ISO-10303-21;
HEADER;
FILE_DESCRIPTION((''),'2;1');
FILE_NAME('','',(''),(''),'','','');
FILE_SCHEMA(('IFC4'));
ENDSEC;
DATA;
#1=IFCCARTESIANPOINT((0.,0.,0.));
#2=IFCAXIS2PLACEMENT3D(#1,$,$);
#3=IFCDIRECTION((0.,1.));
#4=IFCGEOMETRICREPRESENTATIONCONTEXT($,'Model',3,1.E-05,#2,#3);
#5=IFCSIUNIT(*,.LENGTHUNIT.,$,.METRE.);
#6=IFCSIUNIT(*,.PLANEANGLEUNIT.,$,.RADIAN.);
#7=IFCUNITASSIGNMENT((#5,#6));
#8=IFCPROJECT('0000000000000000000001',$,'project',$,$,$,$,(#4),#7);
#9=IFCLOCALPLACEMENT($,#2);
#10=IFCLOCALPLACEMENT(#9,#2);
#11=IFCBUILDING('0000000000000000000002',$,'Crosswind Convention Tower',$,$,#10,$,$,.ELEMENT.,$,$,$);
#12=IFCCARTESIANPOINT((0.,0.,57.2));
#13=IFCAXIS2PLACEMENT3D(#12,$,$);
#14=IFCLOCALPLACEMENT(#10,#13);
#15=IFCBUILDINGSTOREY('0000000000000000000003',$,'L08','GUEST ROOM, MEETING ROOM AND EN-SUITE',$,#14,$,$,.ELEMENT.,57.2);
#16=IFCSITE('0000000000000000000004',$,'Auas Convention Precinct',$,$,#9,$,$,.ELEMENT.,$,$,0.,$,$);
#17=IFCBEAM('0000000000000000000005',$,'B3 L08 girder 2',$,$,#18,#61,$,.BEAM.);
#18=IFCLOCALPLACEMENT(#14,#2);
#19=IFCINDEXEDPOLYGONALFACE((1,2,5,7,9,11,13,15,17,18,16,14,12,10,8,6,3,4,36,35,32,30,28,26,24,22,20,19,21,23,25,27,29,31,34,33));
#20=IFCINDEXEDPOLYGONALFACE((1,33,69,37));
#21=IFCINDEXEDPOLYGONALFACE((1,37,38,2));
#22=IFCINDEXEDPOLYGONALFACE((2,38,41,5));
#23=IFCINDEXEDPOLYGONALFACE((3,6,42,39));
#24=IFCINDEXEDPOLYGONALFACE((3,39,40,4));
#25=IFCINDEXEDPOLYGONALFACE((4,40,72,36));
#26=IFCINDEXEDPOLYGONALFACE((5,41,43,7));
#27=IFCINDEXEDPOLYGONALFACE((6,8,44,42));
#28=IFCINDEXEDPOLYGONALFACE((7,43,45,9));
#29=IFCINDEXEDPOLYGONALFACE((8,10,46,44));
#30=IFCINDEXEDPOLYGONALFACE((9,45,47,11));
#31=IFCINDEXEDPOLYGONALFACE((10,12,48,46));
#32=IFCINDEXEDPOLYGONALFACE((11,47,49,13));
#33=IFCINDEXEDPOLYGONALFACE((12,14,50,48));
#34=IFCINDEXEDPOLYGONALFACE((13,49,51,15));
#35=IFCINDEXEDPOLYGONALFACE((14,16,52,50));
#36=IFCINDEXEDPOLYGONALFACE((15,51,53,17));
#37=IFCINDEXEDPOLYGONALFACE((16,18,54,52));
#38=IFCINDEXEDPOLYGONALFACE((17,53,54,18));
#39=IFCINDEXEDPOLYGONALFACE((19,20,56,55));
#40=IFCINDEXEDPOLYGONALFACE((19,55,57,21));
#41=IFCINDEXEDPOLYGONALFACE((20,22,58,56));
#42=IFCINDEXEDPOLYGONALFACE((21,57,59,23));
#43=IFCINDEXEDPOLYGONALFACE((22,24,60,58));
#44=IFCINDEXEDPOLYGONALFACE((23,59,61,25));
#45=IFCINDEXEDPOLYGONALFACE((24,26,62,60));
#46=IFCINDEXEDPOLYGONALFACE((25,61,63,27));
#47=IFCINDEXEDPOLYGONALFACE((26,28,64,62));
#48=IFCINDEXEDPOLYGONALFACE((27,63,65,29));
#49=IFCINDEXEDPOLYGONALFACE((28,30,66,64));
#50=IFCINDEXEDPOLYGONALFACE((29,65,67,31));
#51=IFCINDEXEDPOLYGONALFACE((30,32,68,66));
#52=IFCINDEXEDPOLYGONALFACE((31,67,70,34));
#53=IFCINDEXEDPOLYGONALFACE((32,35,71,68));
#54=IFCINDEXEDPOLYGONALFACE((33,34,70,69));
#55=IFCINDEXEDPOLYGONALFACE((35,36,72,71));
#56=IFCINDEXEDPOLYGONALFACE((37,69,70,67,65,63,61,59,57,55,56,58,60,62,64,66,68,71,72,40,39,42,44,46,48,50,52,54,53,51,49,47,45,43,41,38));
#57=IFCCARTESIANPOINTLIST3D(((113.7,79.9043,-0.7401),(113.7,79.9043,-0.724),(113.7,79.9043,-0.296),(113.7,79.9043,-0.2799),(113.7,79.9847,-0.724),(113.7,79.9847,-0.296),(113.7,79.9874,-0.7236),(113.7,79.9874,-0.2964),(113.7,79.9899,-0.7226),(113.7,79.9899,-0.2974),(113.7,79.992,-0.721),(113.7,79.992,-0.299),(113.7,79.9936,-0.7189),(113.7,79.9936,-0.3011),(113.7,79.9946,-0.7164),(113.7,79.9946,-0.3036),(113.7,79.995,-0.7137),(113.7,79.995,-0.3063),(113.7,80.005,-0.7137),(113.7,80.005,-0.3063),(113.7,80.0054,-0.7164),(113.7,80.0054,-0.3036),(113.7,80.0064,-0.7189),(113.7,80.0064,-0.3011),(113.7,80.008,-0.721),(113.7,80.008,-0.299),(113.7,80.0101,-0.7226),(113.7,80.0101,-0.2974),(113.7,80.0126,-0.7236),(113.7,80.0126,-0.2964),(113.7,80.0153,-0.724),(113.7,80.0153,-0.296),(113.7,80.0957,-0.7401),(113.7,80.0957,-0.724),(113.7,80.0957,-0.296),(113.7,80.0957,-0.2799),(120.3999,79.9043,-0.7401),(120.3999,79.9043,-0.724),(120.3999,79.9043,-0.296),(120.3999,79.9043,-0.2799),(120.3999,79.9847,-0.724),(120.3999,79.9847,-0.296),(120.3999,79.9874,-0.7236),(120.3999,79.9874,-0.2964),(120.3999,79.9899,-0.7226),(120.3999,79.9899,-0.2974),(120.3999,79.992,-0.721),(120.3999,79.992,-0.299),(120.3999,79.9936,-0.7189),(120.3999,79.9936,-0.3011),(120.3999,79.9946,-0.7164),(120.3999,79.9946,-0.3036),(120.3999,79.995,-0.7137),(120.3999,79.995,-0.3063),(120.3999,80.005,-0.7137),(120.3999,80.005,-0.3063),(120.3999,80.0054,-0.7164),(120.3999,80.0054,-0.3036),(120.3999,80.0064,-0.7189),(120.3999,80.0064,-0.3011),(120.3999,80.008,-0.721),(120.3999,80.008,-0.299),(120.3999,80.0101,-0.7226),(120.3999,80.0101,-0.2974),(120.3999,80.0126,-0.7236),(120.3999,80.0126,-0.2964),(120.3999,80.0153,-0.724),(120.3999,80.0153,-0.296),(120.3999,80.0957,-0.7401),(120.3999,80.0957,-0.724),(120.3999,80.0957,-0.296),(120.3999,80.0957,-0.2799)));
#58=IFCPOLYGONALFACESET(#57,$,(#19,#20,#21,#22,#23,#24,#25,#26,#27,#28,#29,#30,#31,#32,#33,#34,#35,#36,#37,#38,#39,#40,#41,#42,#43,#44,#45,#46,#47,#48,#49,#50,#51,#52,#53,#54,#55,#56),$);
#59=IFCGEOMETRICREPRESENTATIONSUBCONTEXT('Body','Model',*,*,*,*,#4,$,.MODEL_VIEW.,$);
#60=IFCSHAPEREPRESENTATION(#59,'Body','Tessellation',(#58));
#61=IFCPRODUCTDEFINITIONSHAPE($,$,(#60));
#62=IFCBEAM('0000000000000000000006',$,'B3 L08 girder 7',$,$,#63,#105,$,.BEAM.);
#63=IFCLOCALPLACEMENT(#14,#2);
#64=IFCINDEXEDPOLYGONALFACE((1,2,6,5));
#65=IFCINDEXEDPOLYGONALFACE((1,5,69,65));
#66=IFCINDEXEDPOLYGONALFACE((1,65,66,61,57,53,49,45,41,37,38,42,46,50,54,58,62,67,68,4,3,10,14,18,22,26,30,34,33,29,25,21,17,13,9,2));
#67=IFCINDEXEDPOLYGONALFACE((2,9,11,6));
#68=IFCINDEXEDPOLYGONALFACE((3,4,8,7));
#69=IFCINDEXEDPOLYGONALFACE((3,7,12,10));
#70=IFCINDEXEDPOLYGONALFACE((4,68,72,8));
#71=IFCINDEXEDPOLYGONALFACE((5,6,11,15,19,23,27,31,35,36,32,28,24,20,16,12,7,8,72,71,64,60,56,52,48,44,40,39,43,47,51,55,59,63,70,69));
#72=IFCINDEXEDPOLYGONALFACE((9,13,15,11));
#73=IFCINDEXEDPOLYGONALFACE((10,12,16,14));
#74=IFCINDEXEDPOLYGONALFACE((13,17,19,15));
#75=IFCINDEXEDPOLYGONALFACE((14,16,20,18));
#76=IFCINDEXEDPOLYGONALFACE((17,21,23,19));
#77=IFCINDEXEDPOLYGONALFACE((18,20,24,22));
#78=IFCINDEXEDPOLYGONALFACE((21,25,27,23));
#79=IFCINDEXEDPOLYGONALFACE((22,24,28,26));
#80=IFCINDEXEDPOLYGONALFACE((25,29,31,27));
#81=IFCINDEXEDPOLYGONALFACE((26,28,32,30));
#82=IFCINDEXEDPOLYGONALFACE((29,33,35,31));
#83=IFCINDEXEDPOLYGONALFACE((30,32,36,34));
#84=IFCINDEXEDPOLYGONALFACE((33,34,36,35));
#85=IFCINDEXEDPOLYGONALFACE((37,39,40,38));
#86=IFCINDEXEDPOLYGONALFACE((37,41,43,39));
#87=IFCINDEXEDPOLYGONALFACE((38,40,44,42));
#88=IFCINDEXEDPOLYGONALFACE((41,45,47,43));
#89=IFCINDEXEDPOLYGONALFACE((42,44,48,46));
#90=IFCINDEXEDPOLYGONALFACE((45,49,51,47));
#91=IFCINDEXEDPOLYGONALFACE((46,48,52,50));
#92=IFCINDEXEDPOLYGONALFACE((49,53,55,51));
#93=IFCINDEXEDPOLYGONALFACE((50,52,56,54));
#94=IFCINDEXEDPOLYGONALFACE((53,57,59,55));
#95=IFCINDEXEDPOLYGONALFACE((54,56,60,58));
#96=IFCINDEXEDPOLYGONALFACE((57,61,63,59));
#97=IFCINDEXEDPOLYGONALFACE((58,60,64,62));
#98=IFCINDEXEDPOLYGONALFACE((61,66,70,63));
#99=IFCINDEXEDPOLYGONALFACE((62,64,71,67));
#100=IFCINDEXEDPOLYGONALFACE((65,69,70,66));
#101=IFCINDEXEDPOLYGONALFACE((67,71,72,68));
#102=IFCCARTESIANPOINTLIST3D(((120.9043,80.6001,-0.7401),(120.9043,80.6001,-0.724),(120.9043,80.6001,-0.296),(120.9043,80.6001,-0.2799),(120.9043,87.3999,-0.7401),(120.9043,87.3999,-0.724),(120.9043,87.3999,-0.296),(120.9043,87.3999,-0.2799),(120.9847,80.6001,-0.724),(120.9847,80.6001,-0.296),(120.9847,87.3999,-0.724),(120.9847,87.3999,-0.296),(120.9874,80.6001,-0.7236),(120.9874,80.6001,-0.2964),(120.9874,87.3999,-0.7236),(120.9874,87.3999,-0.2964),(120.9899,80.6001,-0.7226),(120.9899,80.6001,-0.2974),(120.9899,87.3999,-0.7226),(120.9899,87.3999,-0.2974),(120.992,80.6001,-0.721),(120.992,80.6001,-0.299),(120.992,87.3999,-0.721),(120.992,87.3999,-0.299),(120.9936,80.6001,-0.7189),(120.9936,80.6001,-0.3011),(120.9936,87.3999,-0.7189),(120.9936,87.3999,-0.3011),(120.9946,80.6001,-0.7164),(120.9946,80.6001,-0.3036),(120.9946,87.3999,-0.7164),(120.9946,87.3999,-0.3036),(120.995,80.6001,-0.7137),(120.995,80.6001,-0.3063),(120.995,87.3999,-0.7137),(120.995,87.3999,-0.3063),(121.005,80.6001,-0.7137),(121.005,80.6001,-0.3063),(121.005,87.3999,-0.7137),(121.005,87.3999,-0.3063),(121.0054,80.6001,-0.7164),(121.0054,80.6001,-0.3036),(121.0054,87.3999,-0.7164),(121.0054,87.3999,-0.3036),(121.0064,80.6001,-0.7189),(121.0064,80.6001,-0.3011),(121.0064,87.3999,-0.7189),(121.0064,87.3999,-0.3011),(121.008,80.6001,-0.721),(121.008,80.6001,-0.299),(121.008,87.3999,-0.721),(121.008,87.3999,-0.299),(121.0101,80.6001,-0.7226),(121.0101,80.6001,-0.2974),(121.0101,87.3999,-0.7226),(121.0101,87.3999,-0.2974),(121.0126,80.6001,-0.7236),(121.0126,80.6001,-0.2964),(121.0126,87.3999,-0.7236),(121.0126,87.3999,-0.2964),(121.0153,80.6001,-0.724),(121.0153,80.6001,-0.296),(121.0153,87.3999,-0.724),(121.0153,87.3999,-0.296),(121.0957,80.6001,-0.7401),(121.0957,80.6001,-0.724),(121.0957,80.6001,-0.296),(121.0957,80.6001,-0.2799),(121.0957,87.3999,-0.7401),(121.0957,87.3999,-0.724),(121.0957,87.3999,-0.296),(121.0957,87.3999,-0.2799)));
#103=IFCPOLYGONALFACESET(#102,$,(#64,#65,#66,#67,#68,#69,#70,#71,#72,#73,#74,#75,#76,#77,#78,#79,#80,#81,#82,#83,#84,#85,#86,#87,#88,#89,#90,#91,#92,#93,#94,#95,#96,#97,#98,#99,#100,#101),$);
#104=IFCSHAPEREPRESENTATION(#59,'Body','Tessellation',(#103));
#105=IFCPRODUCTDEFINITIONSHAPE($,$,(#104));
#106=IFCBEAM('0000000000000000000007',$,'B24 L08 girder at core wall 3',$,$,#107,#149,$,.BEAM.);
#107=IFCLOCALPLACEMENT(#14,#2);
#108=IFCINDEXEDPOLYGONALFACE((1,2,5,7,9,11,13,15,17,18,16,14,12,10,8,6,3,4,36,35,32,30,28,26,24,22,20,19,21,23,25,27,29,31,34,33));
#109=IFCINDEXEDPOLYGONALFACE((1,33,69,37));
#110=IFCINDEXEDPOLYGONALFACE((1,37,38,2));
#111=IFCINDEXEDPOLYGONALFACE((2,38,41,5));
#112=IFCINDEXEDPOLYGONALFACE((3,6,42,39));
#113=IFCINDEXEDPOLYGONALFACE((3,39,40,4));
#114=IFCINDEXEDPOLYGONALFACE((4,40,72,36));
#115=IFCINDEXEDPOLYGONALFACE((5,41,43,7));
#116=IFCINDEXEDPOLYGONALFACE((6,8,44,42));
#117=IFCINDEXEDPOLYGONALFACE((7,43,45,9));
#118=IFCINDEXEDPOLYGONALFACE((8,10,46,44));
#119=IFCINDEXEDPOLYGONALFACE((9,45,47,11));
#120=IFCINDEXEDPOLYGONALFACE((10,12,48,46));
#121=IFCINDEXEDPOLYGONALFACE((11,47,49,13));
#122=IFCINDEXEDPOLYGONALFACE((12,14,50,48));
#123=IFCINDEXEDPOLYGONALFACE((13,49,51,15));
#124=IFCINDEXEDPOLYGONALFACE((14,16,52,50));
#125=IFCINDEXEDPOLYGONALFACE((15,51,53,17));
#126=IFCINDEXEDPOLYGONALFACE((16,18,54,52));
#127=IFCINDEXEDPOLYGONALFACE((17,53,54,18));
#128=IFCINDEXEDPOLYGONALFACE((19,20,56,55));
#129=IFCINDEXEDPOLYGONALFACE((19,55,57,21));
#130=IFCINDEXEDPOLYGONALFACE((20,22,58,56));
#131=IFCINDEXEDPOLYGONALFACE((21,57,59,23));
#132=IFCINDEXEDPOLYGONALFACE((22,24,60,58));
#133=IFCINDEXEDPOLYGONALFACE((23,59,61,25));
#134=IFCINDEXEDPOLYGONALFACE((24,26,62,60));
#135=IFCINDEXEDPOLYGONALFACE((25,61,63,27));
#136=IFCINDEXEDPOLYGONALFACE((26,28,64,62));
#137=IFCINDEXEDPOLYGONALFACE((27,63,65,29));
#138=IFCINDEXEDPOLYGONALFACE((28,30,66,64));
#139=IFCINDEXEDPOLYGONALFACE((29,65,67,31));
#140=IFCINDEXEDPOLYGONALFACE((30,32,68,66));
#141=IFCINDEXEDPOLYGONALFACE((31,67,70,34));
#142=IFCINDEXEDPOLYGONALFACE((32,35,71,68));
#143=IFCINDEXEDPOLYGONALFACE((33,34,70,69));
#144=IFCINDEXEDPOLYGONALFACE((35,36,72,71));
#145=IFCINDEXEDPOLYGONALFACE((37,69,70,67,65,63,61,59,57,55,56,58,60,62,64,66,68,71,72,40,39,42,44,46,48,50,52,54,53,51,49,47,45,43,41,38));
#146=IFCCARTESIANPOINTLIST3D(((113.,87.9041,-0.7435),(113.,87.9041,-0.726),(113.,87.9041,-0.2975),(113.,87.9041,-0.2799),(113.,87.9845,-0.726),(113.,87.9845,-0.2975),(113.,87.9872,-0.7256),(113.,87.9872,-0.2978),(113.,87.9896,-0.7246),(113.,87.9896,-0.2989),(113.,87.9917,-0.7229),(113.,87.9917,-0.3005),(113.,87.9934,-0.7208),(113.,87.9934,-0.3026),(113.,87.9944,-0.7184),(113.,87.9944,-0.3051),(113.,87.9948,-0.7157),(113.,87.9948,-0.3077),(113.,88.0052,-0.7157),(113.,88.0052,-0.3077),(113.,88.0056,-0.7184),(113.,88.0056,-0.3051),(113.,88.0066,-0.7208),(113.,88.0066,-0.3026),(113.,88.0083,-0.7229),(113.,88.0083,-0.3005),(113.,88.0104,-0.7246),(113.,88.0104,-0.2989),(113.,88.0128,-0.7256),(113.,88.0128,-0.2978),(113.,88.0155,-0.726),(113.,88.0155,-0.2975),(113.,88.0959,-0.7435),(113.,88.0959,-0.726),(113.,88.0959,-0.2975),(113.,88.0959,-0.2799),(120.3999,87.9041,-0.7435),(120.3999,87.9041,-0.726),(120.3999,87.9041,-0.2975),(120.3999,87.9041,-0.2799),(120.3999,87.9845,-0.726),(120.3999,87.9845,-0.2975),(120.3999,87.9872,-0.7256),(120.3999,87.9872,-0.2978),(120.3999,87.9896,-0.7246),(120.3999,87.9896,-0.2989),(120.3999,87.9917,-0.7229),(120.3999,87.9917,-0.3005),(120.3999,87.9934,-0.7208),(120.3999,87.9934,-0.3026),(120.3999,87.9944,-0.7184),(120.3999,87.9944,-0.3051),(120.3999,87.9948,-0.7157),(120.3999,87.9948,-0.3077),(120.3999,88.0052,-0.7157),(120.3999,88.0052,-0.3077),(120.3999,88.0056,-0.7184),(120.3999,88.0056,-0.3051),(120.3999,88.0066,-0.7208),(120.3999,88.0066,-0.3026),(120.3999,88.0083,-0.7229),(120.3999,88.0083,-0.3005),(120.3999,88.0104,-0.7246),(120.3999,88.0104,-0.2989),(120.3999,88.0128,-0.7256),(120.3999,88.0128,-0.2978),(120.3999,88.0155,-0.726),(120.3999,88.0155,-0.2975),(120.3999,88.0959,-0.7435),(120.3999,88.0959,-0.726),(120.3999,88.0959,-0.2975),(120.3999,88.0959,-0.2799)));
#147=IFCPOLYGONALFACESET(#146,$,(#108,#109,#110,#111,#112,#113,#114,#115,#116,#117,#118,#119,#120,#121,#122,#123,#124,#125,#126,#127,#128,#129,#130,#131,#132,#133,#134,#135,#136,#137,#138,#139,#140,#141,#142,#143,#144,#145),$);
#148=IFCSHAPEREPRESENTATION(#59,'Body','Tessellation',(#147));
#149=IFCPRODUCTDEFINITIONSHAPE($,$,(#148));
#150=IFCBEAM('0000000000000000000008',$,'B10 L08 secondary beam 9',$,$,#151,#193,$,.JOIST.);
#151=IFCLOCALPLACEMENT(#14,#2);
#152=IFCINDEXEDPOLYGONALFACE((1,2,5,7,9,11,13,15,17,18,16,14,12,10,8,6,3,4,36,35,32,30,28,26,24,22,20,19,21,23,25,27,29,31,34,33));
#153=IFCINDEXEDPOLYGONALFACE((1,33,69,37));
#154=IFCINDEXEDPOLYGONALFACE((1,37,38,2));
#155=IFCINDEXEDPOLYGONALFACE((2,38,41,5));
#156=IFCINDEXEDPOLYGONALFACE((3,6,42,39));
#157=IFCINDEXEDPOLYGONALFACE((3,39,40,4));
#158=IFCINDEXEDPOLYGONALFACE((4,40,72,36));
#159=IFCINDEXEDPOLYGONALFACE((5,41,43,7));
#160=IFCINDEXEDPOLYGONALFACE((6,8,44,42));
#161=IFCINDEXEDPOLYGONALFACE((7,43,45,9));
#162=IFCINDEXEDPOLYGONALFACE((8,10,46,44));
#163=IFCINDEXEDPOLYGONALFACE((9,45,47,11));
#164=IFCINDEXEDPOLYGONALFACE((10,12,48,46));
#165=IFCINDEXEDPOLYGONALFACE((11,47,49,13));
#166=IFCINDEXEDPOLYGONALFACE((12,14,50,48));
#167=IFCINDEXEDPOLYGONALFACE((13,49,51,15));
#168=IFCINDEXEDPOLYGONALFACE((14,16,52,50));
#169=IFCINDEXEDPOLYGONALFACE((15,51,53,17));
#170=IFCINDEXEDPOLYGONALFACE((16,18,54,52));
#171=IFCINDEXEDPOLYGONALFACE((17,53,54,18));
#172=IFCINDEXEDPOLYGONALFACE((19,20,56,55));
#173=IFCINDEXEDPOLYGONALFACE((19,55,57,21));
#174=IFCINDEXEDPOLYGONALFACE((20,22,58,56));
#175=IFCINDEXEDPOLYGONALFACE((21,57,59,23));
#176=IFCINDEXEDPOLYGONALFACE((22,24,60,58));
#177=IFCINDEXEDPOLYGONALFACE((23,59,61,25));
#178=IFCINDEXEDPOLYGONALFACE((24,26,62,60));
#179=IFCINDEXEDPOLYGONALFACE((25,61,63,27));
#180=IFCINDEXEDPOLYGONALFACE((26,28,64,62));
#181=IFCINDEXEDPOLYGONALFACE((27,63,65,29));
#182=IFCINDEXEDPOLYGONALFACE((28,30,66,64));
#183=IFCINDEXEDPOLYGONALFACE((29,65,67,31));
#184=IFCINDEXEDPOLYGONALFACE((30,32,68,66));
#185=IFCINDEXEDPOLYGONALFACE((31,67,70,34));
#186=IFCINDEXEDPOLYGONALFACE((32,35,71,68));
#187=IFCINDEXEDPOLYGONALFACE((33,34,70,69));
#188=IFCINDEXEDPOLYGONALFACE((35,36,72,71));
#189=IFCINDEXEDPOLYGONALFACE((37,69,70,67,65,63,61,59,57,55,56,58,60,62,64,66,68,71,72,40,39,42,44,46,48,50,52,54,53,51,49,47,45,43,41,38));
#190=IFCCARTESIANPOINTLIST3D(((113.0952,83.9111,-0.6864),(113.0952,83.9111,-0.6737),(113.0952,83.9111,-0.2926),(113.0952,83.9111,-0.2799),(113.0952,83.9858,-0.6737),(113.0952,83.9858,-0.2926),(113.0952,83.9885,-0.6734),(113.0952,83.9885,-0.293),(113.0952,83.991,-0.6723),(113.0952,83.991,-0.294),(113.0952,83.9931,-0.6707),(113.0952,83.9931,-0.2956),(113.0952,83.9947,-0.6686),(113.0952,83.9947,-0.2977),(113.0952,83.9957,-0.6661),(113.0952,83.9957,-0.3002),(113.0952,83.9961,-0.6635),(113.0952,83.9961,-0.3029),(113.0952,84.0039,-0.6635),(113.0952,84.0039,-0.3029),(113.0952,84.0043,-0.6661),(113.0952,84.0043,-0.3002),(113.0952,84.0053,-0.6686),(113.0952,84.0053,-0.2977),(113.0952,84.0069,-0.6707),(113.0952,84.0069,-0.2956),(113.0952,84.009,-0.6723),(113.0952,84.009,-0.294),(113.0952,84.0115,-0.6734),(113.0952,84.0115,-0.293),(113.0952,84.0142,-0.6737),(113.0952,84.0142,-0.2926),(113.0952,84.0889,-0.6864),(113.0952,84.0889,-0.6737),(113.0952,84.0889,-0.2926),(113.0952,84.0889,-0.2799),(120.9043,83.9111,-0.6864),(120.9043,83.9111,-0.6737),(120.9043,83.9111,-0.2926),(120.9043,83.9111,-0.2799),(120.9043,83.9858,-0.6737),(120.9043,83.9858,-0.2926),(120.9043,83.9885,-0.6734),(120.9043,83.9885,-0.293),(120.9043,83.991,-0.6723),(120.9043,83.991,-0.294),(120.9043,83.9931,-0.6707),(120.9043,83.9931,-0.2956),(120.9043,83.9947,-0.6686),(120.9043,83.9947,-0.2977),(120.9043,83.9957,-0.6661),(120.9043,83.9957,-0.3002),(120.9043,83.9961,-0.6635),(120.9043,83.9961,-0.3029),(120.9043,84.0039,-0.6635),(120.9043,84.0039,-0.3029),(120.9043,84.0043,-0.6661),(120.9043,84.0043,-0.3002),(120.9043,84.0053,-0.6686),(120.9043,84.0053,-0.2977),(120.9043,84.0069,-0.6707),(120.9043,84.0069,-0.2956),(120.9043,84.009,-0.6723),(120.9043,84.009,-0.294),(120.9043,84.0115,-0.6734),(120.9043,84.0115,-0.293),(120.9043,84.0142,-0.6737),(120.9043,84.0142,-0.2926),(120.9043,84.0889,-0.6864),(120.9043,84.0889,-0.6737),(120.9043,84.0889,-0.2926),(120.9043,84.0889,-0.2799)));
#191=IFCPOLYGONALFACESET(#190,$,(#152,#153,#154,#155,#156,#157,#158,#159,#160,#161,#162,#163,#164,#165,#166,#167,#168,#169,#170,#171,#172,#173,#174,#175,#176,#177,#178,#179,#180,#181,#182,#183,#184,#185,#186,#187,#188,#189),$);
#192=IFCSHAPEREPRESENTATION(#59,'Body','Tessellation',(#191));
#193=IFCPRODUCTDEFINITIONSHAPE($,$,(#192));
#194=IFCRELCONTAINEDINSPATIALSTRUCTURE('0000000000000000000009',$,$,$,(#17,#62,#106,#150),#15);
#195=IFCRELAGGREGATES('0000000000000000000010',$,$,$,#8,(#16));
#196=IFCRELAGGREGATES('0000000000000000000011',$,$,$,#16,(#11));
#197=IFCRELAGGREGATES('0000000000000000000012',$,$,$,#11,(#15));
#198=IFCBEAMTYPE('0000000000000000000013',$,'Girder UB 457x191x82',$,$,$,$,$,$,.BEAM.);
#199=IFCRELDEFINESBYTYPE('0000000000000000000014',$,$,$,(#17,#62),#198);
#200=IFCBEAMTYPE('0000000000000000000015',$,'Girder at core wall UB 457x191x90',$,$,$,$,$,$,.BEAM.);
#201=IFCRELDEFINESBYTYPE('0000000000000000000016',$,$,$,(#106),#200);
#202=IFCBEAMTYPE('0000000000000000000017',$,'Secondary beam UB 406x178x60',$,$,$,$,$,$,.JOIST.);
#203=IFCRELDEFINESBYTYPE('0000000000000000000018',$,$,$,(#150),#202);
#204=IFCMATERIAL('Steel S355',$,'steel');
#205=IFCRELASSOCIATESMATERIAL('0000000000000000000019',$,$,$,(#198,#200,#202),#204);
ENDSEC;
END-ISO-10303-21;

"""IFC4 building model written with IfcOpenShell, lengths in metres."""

from ifc_helpers import new_model, si_unit, direction, frame, origin, origin_2d, place, context, subcontext, project, spatial, i_section, extrude, material, material_profile, profile_set, type_object, element, save


model = new_model("IFC4")

# Units and contexts
model_context = context("Model", 3, precision=1e-05, world=origin(), true_north=direction((0.0, 1.0)))
body_context = subcontext(model_context, "Body", "Model", "MODEL_VIEW")
ifc_project = project(units=[si_unit("LENGTHUNIT", "METRE"), si_unit("PLANEANGLEUNIT", "RADIAN")], contexts=[model_context])

# Site, building, storey
site_placement = place(None, origin())
site = spatial("IfcSite", under=ifc_project, at=site_placement, Name="Auas Convention Precinct", CompositionType="ELEMENT", RefElevation=0.0)
building_placement = place(site_placement, origin())
building = spatial("IfcBuilding", under=site, at=building_placement, Name="Crosswind Convention Tower", CompositionType="ELEMENT")
storey_placement = place(building_placement, frame((0.0, 0.0, 57.2)))
storey = spatial("IfcBuildingStorey", under=building, at=storey_placement, Name="L08", Description="GUEST ROOM, MEETING ROOM AND EN-SUITE", CompositionType="ELEMENT", Elevation=57.2)

# Beams
ifc_material_1 = material(Name="Steel S355", Category="steel")
ifc_material_profile_1 = material_profile(ifc_material_1, i_section(OverallWidth=0.1914, OverallDepth=0.4602, WebThickness=0.01, FlangeThickness=0.0161, FilletRadius=0.0103, at=origin_2d()), Name="UB 457x191x82")
ifc_profile_set_1 = profile_set([ifc_material_profile_1], Name="Steel S355")
beam_type_1 = type_object("IfcBeamType", Name="Girder UB 457x191x82", PredefinedType="BEAM", material=ifc_profile_set_1)
beam_1_placement = place(storey_placement, frame((113.7, 80.0, -0.51), z_axis=(1.0, 0.0, 0.0), x_axis=(0.0, 1.0, 0.0)))
element("IfcBeam", 1, at=beam_1_placement, inside=storey, type_object=beam_type_1, Name="B3 L08 girder 2", PredefinedType="BEAM", context=body_context, shape_type="SweptSolid", body=[
    extrude(i_section(OverallWidth=0.1914, OverallDepth=0.4602, WebThickness=0.01, FlangeThickness=0.0161, FilletRadius=0.0103, at=origin_2d()), origin(), (0.0, 0.0, 1.0), 6.7),
])
beam_2_placement = place(storey_placement, frame((121.0, 80.6001, -0.51), z_axis=(0.0, 1.0, 0.0), x_axis=(-1.0, 0.0, 0.0)))
element("IfcBeam", 2, at=beam_2_placement, inside=storey, type_object=beam_type_1, Name="B3 L08 girder 7", PredefinedType="BEAM", context=body_context, shape_type="SweptSolid", body=[
    extrude(i_section(OverallWidth=0.1914, OverallDepth=0.4602, WebThickness=0.01, FlangeThickness=0.0161, FilletRadius=0.0103, at=origin_2d()), origin(), (0.0, 0.0, 1.0), 6.7998),
])
ifc_material_profile_2 = material_profile(ifc_material_1, i_section(OverallWidth=0.1919, OverallDepth=0.4636, WebThickness=0.0105, FlangeThickness=0.0176, FilletRadius=0.0103, at=origin_2d()), Name="UB 457x191x90")
ifc_profile_set_2 = profile_set([ifc_material_profile_2], Name="Steel S355")
beam_type_2 = type_object("IfcBeamType", Name="Girder at core wall UB 457x191x90", PredefinedType="BEAM", material=ifc_profile_set_2)
beam_3_placement = place(storey_placement, frame((113.0, 88.0, -0.5117), z_axis=(1.0, 0.0, 0.0), x_axis=(0.0, 1.0, 0.0)))
element("IfcBeam", 3, at=beam_3_placement, inside=storey, type_object=beam_type_2, Name="B24 L08 girder at core wall 3", PredefinedType="BEAM", context=body_context, shape_type="SweptSolid", body=[
    extrude(i_section(OverallWidth=0.1919, OverallDepth=0.4636, WebThickness=0.0105, FlangeThickness=0.0176, FilletRadius=0.0103, at=origin_2d()), origin(), (0.0, 0.0, 1.0), 7.3999),
])
ifc_material_profile_3 = material_profile(ifc_material_1, i_section(OverallWidth=0.1777, OverallDepth=0.4065, WebThickness=0.0078, FlangeThickness=0.0127, FilletRadius=0.0103, at=origin_2d()), Name="UB 406x178x60")
ifc_profile_set_3 = profile_set([ifc_material_profile_3], Name="Steel S355")
beam_type_3 = type_object("IfcBeamType", Name="Secondary beam UB 406x178x60", PredefinedType="JOIST", material=ifc_profile_set_3)
beam_4_placement = place(storey_placement, frame((113.0952, 84.0, -0.4832), z_axis=(1.0, 0.0, 0.0), x_axis=(0.0, 1.0, 0.0)))
element("IfcBeam", 4, at=beam_4_placement, inside=storey, type_object=beam_type_3, Name="B10 L08 secondary beam 9", PredefinedType="JOIST", context=body_context, shape_type="SweptSolid", body=[
    extrude(i_section(OverallWidth=0.1777, OverallDepth=0.4065, WebThickness=0.0078, FlangeThickness=0.0127, FilletRadius=0.0103, at=origin_2d()), origin(), (0.0, 0.0, 1.0), 7.8091),
])

save(model, "model.ifc")
